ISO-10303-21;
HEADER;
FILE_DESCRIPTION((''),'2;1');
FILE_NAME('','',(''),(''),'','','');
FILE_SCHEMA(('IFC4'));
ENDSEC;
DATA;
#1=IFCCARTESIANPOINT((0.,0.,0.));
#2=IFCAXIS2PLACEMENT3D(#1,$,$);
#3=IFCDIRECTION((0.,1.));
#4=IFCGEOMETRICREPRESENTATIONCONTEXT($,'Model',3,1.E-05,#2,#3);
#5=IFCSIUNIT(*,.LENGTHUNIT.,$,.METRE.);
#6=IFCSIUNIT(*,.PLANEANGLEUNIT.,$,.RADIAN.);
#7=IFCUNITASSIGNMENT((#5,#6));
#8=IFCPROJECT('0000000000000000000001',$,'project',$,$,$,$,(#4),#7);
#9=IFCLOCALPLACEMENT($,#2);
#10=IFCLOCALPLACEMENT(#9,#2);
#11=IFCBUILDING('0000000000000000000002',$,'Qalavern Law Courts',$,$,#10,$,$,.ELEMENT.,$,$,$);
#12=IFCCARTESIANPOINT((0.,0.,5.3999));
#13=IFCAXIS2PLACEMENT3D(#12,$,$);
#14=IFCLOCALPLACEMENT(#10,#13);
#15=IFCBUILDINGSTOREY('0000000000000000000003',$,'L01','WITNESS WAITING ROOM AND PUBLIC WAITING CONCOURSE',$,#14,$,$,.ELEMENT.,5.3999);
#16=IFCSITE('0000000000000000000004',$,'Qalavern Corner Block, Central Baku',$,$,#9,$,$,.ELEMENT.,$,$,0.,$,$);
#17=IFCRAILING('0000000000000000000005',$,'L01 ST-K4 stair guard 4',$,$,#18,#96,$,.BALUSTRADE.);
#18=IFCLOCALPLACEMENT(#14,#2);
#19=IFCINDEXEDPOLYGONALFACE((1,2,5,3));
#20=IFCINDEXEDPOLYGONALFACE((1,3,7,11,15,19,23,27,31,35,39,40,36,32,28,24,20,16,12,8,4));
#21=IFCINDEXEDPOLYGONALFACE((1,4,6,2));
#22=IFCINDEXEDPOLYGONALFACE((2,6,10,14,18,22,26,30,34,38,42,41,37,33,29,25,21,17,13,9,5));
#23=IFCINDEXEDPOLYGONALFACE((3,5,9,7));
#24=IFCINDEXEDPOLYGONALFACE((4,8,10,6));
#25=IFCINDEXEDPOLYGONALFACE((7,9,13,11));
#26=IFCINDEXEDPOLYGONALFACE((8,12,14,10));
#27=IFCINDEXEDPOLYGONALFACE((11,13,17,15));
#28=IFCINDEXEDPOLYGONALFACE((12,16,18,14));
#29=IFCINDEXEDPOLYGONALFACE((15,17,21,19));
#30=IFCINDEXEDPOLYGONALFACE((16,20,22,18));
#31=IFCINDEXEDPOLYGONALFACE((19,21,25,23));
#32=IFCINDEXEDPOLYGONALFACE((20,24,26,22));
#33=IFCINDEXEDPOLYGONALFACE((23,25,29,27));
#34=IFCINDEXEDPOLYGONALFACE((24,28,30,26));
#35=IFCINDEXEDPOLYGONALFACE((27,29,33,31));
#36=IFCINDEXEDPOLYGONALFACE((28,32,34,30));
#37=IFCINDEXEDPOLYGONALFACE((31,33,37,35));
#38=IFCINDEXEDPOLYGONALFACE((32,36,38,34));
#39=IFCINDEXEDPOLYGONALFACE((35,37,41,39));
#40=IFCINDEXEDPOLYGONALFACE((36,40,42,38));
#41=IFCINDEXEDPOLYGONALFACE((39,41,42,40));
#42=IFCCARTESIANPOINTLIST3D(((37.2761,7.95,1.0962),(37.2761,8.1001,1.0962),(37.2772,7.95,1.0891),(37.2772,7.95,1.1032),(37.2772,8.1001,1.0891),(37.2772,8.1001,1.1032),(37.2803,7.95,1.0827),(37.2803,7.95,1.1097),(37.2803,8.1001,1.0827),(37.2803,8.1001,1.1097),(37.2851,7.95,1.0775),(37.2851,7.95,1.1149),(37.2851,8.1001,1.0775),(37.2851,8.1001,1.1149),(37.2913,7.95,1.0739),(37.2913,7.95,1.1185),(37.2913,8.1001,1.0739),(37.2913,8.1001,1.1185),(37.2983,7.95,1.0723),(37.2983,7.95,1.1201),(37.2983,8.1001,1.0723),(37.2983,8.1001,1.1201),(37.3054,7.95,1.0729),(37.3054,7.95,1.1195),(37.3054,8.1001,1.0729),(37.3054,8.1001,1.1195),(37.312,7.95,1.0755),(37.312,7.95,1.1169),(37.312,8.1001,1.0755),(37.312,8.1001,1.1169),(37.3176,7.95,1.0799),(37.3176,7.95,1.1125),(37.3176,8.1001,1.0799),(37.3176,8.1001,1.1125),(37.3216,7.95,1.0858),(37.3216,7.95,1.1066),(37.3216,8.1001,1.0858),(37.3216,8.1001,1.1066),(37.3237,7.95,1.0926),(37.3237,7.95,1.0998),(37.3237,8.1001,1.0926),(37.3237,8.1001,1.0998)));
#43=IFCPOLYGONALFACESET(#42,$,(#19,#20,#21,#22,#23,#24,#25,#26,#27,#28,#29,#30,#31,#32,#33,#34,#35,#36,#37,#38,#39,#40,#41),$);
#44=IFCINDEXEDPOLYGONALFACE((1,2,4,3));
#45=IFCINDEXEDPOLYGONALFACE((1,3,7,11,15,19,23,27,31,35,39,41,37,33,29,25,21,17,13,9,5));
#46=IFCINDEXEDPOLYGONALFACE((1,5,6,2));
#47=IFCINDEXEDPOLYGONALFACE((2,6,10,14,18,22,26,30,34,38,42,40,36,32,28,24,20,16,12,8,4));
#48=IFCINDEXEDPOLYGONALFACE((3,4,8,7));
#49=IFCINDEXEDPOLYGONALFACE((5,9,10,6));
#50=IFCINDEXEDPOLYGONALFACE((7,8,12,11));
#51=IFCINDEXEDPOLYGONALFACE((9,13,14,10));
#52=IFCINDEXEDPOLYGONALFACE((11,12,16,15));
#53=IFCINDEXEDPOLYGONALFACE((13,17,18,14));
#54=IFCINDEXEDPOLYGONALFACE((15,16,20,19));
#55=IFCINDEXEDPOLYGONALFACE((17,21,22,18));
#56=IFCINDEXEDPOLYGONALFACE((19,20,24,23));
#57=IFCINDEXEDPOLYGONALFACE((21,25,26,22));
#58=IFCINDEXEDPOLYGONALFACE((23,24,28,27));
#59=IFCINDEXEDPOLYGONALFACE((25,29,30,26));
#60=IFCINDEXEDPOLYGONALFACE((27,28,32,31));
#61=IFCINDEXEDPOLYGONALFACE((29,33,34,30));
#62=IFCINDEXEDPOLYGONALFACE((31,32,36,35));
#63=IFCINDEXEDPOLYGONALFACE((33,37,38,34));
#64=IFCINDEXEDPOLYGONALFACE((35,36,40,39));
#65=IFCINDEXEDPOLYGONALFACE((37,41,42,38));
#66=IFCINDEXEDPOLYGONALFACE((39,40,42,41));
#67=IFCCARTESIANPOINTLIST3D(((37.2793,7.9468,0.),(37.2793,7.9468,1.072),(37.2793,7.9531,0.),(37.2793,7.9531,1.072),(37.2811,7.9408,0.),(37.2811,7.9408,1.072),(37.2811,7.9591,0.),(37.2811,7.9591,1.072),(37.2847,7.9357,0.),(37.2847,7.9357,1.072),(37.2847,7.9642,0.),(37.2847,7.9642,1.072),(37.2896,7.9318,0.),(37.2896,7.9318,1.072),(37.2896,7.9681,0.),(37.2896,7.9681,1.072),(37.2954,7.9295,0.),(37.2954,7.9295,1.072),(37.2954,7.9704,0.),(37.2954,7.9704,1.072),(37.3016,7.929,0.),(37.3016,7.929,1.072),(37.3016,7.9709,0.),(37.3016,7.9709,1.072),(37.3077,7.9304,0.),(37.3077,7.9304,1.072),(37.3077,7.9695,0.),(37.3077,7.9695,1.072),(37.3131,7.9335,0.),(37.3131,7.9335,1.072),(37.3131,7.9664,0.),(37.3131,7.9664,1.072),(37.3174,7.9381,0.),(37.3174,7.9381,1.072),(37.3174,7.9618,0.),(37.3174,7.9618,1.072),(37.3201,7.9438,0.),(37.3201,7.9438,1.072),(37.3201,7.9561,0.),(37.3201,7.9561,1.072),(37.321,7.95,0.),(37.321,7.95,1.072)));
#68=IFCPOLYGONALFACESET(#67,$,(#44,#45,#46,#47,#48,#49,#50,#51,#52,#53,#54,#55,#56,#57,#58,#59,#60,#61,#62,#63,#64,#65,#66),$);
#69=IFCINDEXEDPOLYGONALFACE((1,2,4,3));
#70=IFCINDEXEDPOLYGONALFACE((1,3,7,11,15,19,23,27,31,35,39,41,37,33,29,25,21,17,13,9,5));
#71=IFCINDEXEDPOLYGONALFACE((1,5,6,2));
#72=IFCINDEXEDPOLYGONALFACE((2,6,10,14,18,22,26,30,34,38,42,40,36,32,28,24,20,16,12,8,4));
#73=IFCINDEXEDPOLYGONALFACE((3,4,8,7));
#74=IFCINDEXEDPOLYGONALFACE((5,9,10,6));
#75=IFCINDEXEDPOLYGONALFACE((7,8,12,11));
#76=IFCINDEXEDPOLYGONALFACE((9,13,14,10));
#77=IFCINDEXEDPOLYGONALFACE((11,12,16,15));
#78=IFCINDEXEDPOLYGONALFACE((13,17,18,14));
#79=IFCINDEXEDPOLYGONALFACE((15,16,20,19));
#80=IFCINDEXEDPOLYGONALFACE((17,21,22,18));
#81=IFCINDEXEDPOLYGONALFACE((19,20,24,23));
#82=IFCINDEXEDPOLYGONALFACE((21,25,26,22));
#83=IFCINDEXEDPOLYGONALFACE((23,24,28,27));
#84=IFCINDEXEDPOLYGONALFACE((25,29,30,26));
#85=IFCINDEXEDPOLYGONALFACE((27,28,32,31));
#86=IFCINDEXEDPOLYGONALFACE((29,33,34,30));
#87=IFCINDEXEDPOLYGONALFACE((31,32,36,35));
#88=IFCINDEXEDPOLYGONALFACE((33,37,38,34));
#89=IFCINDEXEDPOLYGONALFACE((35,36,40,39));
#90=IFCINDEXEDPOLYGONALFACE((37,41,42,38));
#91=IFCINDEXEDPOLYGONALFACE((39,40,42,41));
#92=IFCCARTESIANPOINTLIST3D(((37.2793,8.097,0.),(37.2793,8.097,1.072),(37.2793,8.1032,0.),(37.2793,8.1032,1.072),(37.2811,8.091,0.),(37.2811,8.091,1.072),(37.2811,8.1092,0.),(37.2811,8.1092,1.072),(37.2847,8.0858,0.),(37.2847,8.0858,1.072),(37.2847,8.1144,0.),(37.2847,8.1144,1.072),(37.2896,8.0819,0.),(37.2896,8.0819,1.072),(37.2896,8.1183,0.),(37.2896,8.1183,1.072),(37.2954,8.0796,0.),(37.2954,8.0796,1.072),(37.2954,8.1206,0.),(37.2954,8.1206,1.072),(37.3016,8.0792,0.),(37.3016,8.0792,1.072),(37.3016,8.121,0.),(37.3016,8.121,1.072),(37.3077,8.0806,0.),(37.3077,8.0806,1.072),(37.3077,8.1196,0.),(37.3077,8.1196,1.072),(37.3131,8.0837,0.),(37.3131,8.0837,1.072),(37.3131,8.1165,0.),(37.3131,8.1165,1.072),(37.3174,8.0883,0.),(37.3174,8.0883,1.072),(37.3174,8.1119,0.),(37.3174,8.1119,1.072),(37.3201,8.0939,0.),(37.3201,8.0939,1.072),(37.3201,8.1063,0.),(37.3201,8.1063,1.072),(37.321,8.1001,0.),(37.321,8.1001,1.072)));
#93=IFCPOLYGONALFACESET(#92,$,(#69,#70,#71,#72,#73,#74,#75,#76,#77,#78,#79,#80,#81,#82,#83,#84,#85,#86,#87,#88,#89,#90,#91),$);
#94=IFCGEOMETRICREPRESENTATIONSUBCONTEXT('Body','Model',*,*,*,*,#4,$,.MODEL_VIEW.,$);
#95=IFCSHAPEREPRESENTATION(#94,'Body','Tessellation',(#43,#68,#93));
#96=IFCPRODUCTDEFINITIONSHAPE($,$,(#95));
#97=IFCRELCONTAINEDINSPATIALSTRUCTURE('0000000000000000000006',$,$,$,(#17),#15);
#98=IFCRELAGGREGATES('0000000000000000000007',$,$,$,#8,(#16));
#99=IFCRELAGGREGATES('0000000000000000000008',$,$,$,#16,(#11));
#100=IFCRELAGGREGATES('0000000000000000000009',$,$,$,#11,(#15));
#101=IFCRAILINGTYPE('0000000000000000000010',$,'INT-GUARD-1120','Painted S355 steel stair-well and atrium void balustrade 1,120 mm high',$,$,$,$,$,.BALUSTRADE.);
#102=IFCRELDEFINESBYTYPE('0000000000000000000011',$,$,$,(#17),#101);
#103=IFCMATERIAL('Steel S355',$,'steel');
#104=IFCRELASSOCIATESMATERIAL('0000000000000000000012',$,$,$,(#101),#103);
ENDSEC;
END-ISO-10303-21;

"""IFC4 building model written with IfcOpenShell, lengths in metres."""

from ifc_helpers import new_model, si_unit, direction, frame, origin, origin_2d, place, context, subcontext, project, spatial, circle, extrude, material, type_object, element, save


model = new_model("IFC4")

# Units and contexts
model_context = context("Model", 3, precision=1e-05, world=origin(), true_north=direction((0.0, 1.0)))
body_context = subcontext(model_context, "Body", "Model", "MODEL_VIEW")
ifc_project = project(units=[si_unit("LENGTHUNIT", "METRE"), si_unit("PLANEANGLEUNIT", "RADIAN")], contexts=[model_context])

# Site, building, storey
site_placement = place(None, origin())
site = spatial("IfcSite", under=ifc_project, at=site_placement, Name="Qalavern Corner Block, Central Baku", CompositionType="ELEMENT", RefElevation=0.0)
building_placement = place(site_placement, origin())
building = spatial("IfcBuilding", under=site, at=building_placement, Name="Qalavern Law Courts", CompositionType="ELEMENT")
storey_placement = place(building_placement, frame((0.0, 0.0, 5.3999)))
storey = spatial("IfcBuildingStorey", under=building, at=storey_placement, Name="L01", Description="WITNESS WAITING ROOM AND PUBLIC WAITING CONCOURSE", CompositionType="ELEMENT", Elevation=5.3999)

# Shared definitions
ifc_material_1 = material(Name="Steel S355", Category="steel")

# Railing
railing_type_1 = type_object("IfcRailingType", Name="INT-GUARD-1120", Description="Painted S355 steel stair-well and atrium void balustrade 1,120 mm high", PredefinedType="BALUSTRADE", material=ifc_material_1)
railing_1_placement = place(storey_placement, frame((37.3, 7.95, 0.0)))
element("IfcRailing", 1, at=railing_1_placement, inside=storey, type_object=railing_type_1, Name="L01 ST-K4 stair guard 4", PredefinedType="BALUSTRADE", context=body_context, shape_type="SweptSolid", body=[
    extrude(circle(Radius=0.0239, at=origin_2d()), frame((0.0, 0.0, 1.0962), z_axis=(0.0, 1.0, 0.0), x_axis=(-1.0, 0.0, 0.0)), (0.0, 0.0, 1.0), 0.1501),
    extrude(circle(Radius=0.021, at=origin_2d()), origin(), (0.0, 0.0, 1.0), 1.072),
    extrude(circle(Radius=0.021, at=origin_2d()), frame((0.0, 0.1501, 0.0)), (0.0, 0.0, 1.0), 1.072),
])

save(model, "model.ifc")
